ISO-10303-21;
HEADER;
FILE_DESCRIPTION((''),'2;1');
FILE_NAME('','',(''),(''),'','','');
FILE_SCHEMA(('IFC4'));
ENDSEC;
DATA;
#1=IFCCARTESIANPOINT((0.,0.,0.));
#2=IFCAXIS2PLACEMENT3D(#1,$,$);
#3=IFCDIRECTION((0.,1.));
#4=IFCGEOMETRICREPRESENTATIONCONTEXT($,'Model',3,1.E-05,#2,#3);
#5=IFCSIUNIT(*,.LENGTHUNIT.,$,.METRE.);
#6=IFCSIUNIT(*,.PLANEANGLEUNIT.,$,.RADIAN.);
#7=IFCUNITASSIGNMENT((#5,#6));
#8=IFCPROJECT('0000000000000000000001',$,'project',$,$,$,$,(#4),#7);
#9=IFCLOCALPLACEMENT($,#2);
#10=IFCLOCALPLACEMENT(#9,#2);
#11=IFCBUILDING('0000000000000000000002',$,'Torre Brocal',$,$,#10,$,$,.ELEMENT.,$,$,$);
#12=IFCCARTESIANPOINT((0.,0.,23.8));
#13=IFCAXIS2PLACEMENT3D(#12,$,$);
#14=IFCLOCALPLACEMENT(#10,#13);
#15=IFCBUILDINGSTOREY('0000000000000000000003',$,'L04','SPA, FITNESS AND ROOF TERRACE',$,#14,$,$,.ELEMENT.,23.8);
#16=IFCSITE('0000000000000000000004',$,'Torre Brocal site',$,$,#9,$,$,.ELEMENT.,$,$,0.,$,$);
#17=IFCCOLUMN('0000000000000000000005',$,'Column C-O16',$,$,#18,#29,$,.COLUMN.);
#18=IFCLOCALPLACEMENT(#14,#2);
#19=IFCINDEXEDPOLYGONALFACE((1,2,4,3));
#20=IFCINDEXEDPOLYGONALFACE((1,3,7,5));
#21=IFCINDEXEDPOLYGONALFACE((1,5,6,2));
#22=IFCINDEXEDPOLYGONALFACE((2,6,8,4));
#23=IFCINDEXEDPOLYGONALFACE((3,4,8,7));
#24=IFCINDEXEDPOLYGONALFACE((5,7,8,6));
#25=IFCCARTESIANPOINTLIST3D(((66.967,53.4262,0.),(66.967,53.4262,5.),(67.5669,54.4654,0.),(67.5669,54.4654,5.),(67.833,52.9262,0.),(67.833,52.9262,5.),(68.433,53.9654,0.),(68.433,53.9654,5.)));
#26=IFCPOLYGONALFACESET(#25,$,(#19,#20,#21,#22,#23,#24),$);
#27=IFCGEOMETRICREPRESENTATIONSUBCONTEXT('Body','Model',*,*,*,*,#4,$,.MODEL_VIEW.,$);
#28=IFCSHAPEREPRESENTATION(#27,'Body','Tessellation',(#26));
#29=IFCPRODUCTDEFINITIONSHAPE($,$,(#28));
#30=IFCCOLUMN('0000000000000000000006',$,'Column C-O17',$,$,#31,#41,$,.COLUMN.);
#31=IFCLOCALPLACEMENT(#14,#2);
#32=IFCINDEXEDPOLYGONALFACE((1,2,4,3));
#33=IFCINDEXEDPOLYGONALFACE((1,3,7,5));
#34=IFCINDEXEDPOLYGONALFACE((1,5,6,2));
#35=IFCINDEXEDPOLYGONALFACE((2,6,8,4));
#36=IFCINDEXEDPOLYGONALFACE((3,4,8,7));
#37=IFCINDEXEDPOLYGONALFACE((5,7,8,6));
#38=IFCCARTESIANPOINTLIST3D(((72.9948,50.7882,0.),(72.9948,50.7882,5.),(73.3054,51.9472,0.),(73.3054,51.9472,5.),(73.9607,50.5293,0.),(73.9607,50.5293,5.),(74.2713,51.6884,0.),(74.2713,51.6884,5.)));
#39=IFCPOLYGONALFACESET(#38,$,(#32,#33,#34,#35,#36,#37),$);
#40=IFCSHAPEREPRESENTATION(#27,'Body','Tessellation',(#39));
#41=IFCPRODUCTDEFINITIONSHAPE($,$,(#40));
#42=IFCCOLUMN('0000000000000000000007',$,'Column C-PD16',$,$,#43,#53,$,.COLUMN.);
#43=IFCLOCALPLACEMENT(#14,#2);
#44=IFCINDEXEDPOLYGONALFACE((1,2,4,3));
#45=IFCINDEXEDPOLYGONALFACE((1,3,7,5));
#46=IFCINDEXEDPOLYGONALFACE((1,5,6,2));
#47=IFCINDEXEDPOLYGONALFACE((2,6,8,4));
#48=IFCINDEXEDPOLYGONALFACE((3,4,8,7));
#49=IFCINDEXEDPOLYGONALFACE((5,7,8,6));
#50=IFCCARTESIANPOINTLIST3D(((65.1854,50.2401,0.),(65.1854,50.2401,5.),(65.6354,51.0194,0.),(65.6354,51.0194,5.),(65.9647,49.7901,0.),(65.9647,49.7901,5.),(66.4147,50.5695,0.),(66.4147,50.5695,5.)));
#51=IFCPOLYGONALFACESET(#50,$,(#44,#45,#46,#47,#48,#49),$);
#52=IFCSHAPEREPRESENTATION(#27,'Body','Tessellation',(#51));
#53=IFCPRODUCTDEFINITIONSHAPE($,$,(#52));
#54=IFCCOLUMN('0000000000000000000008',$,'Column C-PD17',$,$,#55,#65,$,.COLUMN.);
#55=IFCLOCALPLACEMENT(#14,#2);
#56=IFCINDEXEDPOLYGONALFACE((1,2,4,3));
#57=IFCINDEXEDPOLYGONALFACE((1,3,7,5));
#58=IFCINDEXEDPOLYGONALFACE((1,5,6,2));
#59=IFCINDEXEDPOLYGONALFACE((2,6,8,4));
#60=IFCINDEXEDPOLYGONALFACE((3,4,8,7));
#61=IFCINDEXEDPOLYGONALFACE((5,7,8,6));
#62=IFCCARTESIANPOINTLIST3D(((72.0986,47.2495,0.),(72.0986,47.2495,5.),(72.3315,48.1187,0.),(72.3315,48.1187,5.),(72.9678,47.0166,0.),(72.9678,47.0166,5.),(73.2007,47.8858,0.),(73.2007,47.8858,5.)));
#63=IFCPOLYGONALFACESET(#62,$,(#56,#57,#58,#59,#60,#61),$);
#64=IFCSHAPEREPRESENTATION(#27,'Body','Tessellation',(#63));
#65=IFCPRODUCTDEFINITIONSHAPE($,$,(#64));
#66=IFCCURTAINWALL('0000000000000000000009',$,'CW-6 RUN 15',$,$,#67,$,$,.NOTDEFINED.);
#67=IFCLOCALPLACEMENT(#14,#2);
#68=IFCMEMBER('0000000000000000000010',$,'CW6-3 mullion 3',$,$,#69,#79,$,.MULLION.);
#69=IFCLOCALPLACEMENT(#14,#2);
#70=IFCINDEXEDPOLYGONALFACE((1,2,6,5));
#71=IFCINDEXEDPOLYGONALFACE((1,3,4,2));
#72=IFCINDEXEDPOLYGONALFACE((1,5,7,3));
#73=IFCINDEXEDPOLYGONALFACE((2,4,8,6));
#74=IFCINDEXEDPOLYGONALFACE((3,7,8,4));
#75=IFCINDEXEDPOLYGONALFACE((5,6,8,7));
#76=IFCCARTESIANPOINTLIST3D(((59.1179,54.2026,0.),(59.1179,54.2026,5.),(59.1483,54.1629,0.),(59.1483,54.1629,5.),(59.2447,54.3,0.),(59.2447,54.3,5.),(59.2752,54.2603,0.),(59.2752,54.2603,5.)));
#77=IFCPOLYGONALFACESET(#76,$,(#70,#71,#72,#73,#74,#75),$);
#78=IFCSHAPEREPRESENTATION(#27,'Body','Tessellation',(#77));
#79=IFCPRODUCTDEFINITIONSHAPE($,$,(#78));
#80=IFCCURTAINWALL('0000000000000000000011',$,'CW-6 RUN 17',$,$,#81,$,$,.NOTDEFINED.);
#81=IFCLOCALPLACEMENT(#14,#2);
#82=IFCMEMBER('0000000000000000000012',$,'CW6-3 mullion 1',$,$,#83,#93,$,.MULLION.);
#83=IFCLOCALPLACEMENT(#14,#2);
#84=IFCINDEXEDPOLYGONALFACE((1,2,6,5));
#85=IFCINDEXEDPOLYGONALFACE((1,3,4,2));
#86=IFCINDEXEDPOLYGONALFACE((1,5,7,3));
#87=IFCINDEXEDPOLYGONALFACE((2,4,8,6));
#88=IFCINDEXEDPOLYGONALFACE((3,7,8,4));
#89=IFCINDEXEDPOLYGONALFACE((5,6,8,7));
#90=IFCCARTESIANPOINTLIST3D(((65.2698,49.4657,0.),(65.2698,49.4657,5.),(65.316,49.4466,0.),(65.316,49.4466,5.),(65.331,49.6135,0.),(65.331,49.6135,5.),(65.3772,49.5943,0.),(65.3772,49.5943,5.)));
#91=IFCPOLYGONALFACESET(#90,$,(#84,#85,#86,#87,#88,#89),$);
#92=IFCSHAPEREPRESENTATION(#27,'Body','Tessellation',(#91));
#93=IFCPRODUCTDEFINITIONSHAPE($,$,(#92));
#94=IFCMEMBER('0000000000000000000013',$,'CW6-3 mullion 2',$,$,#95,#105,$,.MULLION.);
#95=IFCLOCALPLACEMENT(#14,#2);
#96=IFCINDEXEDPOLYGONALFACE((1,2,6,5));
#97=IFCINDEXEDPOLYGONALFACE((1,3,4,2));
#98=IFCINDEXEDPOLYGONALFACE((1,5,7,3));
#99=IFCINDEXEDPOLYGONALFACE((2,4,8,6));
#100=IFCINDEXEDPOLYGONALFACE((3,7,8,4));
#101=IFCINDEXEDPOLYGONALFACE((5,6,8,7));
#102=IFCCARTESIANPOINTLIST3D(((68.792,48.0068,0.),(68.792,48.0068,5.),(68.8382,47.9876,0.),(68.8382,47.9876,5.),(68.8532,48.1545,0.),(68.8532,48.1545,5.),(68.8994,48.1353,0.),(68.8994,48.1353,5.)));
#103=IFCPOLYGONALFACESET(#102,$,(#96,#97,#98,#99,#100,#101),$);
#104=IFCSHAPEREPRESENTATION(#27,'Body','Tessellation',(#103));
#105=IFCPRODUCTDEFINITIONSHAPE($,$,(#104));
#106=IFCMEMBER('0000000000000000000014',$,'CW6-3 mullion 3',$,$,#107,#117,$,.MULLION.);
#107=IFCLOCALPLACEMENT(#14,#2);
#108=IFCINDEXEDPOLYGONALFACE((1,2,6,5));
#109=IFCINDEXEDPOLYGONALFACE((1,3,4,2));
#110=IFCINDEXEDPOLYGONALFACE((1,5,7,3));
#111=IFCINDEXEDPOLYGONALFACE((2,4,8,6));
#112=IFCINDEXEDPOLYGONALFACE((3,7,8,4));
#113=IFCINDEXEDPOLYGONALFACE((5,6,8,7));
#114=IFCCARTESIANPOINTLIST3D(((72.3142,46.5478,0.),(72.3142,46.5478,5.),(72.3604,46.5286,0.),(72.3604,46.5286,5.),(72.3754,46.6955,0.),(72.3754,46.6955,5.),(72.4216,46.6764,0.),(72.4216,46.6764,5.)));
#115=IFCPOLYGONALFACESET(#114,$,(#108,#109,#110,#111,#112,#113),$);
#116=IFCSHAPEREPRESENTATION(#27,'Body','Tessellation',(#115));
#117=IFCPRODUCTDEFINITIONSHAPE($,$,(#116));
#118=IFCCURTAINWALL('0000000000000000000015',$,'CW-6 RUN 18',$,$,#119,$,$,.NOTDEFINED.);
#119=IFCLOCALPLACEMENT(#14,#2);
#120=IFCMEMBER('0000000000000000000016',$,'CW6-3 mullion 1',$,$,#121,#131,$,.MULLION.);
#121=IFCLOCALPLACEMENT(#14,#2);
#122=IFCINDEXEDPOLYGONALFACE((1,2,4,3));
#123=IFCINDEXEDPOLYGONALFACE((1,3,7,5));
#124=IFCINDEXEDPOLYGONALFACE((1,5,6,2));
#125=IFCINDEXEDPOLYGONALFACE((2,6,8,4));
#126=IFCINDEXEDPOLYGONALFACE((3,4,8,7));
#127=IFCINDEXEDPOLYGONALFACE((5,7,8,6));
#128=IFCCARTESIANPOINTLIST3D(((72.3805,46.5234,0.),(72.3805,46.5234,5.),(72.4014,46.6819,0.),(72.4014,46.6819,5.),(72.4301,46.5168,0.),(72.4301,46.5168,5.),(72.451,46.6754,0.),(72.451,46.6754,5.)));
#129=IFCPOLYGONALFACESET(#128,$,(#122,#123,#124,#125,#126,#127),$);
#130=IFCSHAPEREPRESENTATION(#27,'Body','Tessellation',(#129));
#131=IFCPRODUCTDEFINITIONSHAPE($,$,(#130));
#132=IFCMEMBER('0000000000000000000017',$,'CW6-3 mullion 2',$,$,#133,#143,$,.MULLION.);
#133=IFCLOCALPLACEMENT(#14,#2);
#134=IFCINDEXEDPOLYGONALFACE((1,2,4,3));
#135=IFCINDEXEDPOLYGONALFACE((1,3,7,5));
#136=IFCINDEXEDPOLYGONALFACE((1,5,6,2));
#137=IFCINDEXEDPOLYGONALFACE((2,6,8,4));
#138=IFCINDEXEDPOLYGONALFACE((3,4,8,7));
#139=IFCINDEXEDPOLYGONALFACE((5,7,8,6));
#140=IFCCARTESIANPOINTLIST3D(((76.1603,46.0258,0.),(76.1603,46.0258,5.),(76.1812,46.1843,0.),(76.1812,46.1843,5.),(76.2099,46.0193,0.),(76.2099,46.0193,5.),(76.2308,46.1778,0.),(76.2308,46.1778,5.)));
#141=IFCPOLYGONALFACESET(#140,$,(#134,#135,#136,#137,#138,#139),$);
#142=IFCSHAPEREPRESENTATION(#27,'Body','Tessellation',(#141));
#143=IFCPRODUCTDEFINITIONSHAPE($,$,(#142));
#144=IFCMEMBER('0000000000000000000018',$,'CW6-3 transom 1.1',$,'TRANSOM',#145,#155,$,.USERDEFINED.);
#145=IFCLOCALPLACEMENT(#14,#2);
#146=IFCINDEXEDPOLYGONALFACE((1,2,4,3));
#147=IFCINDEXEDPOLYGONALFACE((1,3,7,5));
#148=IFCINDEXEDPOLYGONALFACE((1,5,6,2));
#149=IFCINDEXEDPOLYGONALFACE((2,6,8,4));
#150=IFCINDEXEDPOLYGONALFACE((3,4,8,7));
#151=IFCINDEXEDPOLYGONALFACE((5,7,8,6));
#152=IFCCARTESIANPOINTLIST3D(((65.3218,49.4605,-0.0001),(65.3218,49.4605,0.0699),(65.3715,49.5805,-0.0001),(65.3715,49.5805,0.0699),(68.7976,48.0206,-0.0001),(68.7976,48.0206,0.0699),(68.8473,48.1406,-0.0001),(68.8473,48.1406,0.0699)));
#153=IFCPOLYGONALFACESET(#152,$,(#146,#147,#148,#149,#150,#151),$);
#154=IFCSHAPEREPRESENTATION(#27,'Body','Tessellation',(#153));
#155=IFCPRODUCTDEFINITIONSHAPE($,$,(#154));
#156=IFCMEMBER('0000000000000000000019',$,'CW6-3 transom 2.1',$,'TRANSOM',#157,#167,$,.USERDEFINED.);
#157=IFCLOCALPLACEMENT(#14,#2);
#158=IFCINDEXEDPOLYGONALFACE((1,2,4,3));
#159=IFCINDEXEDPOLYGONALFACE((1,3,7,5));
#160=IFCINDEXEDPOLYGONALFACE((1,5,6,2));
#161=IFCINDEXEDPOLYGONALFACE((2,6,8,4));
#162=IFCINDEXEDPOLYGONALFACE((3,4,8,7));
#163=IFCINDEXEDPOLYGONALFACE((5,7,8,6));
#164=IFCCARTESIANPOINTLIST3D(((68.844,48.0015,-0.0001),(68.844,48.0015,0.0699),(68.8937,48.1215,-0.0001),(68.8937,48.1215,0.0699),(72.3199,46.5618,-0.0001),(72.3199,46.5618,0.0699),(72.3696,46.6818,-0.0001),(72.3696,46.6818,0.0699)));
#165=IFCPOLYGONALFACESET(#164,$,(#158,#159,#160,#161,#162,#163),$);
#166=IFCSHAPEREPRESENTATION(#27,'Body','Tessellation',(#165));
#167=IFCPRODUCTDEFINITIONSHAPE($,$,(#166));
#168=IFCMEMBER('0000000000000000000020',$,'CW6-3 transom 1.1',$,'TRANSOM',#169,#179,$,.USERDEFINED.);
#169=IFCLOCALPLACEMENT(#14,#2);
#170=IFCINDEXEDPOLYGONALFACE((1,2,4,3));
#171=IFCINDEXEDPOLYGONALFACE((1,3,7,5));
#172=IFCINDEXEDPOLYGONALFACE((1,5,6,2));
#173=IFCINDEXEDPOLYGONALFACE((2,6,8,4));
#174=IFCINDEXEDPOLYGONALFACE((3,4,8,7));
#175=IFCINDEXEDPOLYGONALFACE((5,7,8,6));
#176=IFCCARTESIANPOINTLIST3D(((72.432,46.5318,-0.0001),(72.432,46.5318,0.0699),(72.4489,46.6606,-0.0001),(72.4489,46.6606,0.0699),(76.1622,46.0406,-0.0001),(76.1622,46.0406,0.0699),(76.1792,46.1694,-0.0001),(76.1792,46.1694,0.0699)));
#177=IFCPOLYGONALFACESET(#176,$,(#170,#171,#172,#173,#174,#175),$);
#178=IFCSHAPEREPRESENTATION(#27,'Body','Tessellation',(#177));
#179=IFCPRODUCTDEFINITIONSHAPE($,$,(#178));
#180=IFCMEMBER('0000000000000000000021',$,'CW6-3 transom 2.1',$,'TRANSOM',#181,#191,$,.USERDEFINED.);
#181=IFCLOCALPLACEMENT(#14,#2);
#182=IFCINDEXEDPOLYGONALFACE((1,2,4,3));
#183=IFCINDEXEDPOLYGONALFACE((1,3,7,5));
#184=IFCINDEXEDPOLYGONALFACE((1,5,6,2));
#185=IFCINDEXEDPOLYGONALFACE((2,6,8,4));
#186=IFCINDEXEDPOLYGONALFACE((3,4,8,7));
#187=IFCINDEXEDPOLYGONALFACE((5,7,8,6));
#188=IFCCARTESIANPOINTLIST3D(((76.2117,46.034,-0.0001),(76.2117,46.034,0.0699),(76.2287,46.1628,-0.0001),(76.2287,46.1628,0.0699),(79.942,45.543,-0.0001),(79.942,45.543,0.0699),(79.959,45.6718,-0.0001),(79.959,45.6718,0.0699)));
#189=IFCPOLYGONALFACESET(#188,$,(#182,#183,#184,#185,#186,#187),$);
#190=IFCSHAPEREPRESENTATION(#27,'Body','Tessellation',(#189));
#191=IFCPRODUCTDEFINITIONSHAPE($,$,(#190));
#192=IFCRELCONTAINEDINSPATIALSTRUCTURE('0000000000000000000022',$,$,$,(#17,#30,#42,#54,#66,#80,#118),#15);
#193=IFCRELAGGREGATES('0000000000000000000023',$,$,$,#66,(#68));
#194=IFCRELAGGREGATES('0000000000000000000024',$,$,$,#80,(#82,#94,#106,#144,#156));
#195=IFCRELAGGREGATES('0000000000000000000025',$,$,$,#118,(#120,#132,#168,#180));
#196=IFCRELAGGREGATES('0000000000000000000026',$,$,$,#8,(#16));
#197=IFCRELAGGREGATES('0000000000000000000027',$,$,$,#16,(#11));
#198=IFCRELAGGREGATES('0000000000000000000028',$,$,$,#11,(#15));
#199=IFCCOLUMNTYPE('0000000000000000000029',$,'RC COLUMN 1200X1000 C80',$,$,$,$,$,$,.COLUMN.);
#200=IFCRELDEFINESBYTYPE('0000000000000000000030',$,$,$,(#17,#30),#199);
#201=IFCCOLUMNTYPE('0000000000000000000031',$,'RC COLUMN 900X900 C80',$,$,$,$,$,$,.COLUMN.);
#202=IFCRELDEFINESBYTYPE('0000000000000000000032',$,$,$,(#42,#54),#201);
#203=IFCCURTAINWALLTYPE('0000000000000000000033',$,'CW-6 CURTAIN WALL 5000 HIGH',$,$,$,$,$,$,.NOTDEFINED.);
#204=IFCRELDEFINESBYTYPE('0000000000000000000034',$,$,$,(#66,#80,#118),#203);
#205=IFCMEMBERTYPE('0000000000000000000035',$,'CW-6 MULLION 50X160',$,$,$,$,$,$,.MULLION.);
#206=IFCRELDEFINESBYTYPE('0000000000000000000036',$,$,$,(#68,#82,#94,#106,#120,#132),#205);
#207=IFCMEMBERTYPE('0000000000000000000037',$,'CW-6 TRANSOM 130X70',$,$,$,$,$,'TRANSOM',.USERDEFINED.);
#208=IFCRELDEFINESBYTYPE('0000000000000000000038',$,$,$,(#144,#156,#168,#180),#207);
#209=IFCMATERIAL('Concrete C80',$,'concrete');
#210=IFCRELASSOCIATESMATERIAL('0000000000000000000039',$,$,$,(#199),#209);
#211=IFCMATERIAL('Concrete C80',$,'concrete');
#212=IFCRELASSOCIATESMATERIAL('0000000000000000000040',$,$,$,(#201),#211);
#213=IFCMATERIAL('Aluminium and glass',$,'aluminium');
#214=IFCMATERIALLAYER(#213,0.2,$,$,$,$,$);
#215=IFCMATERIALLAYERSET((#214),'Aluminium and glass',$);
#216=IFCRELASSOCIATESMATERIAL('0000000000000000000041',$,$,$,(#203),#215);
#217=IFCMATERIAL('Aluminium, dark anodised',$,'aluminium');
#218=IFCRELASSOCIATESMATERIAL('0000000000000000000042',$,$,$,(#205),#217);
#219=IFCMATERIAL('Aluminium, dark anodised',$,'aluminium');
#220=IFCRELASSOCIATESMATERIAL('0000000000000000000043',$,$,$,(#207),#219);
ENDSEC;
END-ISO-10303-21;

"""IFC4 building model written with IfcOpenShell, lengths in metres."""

from ifc_helpers import new_model, si_unit, direction, frame, origin, origin_2d, place, context, subcontext, project, spatial, rectangle, extrude, material, layer, layer_set, material_profile, profile_set, type_object, element, aggregate, save


model = new_model("IFC4")

# Units and contexts
model_context = context("Model", 3, precision=1e-05, world=origin(), true_north=direction((0.0, 1.0)))
body_context = subcontext(model_context, "Body", "Model", "MODEL_VIEW")
ifc_project = project(units=[si_unit("LENGTHUNIT", "METRE"), si_unit("PLANEANGLEUNIT", "RADIAN")], contexts=[model_context])

# Site, building, storey
site_placement = place(None, origin())
site = spatial("IfcSite", under=ifc_project, at=site_placement, Name="Torre Brocal site", CompositionType="ELEMENT", RefElevation=0.0)
building_placement = place(site_placement, origin())
building = spatial("IfcBuilding", under=site, at=building_placement, Name="Torre Brocal", CompositionType="ELEMENT")
storey_placement = place(building_placement, frame((0.0, 0.0, 23.8)))
storey = spatial("IfcBuildingStorey", under=building, at=storey_placement, Name="L04", Description="SPA, FITNESS AND ROOF TERRACE", CompositionType="ELEMENT", Elevation=23.8)

# Columns
ifc_material_1 = material(Name="Concrete C80", Category="concrete")
ifc_material_profile_1 = material_profile(ifc_material_1, rectangle(XDim=1.2, YDim=1.0, at=origin_2d()), Name="RC 1200X1000")
ifc_profile_set_1 = profile_set([ifc_material_profile_1], Name="Concrete C80")
column_type_1 = type_object("IfcColumnType", Name="RC COLUMN 1200X1000 C80", PredefinedType="COLUMN", material=ifc_profile_set_1)
for number, where, z_axis, x_axis, name in (
    (1, (67.7, 53.6958, 0.0), (0.0, 0.0, 1.0), (-0.5, -0.866025, 0.0), "Column C-O16"),
    (2, (73.6331, 51.2383, 0.0), (0.0, 0.0, 1.0), (-0.258819, -0.965926, 0.0), "Column C-O17"),
):
    element("IfcColumn", number, at=place(storey_placement, frame(where, z_axis=z_axis, x_axis=x_axis)), inside=storey, type_object=column_type_1, Name=name, PredefinedType="COLUMN", context=body_context, shape_type="SweptSolid", body=[
        extrude(rectangle(XDim=1.2, YDim=1.0, at=origin_2d()), origin(), (0.0, 0.0, 1.0), 5.0),
    ])
ifc_material_2 = material(Name="Concrete C80", Category="concrete")
ifc_material_profile_2 = material_profile(ifc_material_2, rectangle(XDim=0.8999, YDim=0.8999, at=origin_2d()), Name="RC 900X900")
ifc_profile_set_2 = profile_set([ifc_material_profile_2], Name="Concrete C80")
column_type_2 = type_object("IfcColumnType", Name="RC COLUMN 900X900 C80", PredefinedType="COLUMN", material=ifc_profile_set_2)
for number, where, z_axis, x_axis, name in (
    (3, (65.8, 50.4048, 0.0), (0.0, 0.0, 1.0), (-0.5, -0.866025, 0.0), "Column C-PD16"),
    (4, (72.6497, 47.5676, 0.0), (0.0, 0.0, 1.0), (-0.258819, -0.965926, 0.0), "Column C-PD17"),
):
    element("IfcColumn", number, at=place(storey_placement, frame(where, z_axis=z_axis, x_axis=x_axis)), inside=storey, type_object=column_type_2, Name=name, PredefinedType="COLUMN", context=body_context, shape_type="SweptSolid", body=[
        extrude(rectangle(XDim=0.8999, YDim=0.8999, at=origin_2d()), origin(), (0.0, 0.0, 1.0), 5.0),
    ])

# Curtain wall, member
ifc_material_3 = material(Name="Aluminium and glass", Category="aluminium")
ifc_layer_1 = layer(ifc_material_3, 0.2)
ifc_layer_set_1 = layer_set([ifc_layer_1], Name="Aluminium and glass")
curtain_wall_type = type_object("IfcCurtainWallType", Name="CW-6 CURTAIN WALL 5000 HIGH", PredefinedType="NOTDEFINED", material=ifc_layer_set_1)
curtain_wall_1_placement = place(storey_placement, origin())
curtain_wall_1 = element("IfcCurtainWall", 5, at=curtain_wall_1_placement, inside=storey, type_object=curtain_wall_type, Name="CW-6 RUN 15", PredefinedType="NOTDEFINED")
ifc_material_4 = material(Name="Aluminium, dark anodised", Category="aluminium")
ifc_material_profile_3 = material_profile(ifc_material_4, rectangle(XDim=0.1599, YDim=0.05, at=origin_2d()), Name="CW-6 MULLION 50X160")
ifc_profile_set_3 = profile_set([ifc_material_profile_3], Name="Aluminium, dark anodised")
member_type_1 = type_object("IfcMemberType", Name="CW-6 MULLION 50X160", PredefinedType="MULLION", material=ifc_profile_set_3)
member_1_placement = place(storey_placement, frame((59.1965, 54.2314, 0.0), z_axis=(0.0, 0.0, 1.0), x_axis=(0.793353, 0.608761, 0.0)))
member_1 = element("IfcMember", 6, at=member_1_placement, type_object=member_type_1, Name="CW6-3 mullion 3", PredefinedType="MULLION", context=body_context, shape_type="SweptSolid", body=[
    extrude(rectangle(XDim=0.1599, YDim=0.05, at=origin_2d()), origin(), (0.0, 0.0, 1.0), 5.0),
])
aggregate(curtain_wall_1, [member_1])

# Curtain walls, members
curtain_wall_2_placement = place(storey_placement, origin())
curtain_wall_2 = element("IfcCurtainWall", 7, at=curtain_wall_2_placement, inside=storey, type_object=curtain_wall_type, Name="CW-6 RUN 17", PredefinedType="NOTDEFINED")
member_2_placement = place(storey_placement, frame((65.3235, 49.53, 0.0), z_axis=(0.0, 0.0, 1.0), x_axis=(0.382683, 0.92388, 0.0)))
member_2 = element("IfcMember", 8, at=member_2_placement, type_object=member_type_1, Name="CW6-3 mullion 1", PredefinedType="MULLION", context=body_context, shape_type="SweptSolid", body=[
    extrude(rectangle(XDim=0.1599, YDim=0.05, at=origin_2d()), origin(), (0.0, 0.0, 1.0), 5.0),
])
member_3_placement = place(storey_placement, frame((68.8457, 48.071, 0.0), z_axis=(0.0, 0.0, 1.0), x_axis=(0.382683, 0.92388, 0.0)))
member_3 = element("IfcMember", 9, at=member_3_placement, type_object=member_type_1, Name="CW6-3 mullion 2", PredefinedType="MULLION", context=body_context, shape_type="SweptSolid", body=[
    extrude(rectangle(XDim=0.1599, YDim=0.05, at=origin_2d()), origin(), (0.0, 0.0, 1.0), 5.0),
])
member_4_placement = place(storey_placement, frame((72.3679, 46.6121, 0.0), z_axis=(0.0, 0.0, 1.0), x_axis=(0.382683, 0.92388, 0.0)))
member_4 = element("IfcMember", 10, at=member_4_placement, type_object=member_type_1, Name="CW6-3 mullion 3", PredefinedType="MULLION", context=body_context, shape_type="SweptSolid", body=[
    extrude(rectangle(XDim=0.1599, YDim=0.05, at=origin_2d()), origin(), (0.0, 0.0, 1.0), 5.0),
])
curtain_wall_3_placement = place(storey_placement, origin())
curtain_wall_3 = element("IfcCurtainWall", 11, at=curtain_wall_3_placement, inside=storey, type_object=curtain_wall_type, Name="CW-6 RUN 18", PredefinedType="NOTDEFINED")
member_5_placement = place(storey_placement, frame((72.4158, 46.5994, 0.0), z_axis=(0.0, 0.0, 1.0), x_axis=(0.130526, 0.991445, 0.0)))
member_5 = element("IfcMember", 12, at=member_5_placement, type_object=member_type_1, Name="CW6-3 mullion 1", PredefinedType="MULLION", context=body_context, shape_type="SweptSolid", body=[
    extrude(rectangle(XDim=0.1599, YDim=0.05, at=origin_2d()), origin(), (0.0, 0.0, 1.0), 5.0),
])
member_6_placement = place(storey_placement, frame((76.1956, 46.1018, 0.0), z_axis=(0.0, 0.0, 1.0), x_axis=(0.130526, 0.991445, 0.0)))
member_6 = element("IfcMember", 13, at=member_6_placement, type_object=member_type_1, Name="CW6-3 mullion 2", PredefinedType="MULLION", context=body_context, shape_type="SweptSolid", body=[
    extrude(rectangle(XDim=0.1599, YDim=0.05, at=origin_2d()), origin(), (0.0, 0.0, 1.0), 5.0),
])

# Members
ifc_material_5 = material(Name="Aluminium, dark anodised", Category="aluminium")
ifc_material_profile_4 = material_profile(ifc_material_5, rectangle(XDim=0.1299, YDim=0.0701, at=origin_2d()), Name="CW-6 TRANSOM 130X70")
ifc_profile_set_4 = profile_set([ifc_material_profile_4], Name="Aluminium, dark anodised")
member_type_2 = type_object("IfcMemberType", Name="CW-6 TRANSOM 130X70", ElementType="TRANSOM", PredefinedType="USERDEFINED", material=ifc_profile_set_4)
member_7_placement = place(storey_placement, frame((65.3467, 49.5205, 0.0349), z_axis=(0.92386, -0.38273, 0.0), x_axis=(0.38273, 0.92386, 0.0)))
member_7 = element("IfcMember", 14, at=member_7_placement, type_object=member_type_2, Name="CW6-3 transom 1.1", ObjectType="TRANSOM", PredefinedType="USERDEFINED", context=body_context, shape_type="SweptSolid", body=[
    extrude(rectangle(XDim=0.1299, YDim=0.0701, at=origin_2d()), origin(), (0.0, 0.0, 1.0), 3.7622),
])
member_8_placement = place(storey_placement, frame((68.8689, 48.0615, 0.0349), z_axis=(0.923883, -0.382675, 0.0), x_axis=(0.382675, 0.923883, 0.0)))
member_8 = element("IfcMember", 15, at=member_8_placement, type_object=member_type_2, Name="CW6-3 transom 2.1", ObjectType="TRANSOM", PredefinedType="USERDEFINED", context=body_context, shape_type="SweptSolid", body=[
    extrude(rectangle(XDim=0.1299, YDim=0.0701, at=origin_2d()), origin(), (0.0, 0.0, 1.0), 3.7622),
])
member_9_placement = place(storey_placement, frame((72.4404, 46.5962, 0.0349), z_axis=(0.991441, -0.130557, 0.0), x_axis=(0.130557, 0.991441, 0.0)))
member_9 = element("IfcMember", 16, at=member_9_placement, type_object=member_type_2, Name="CW6-3 transom 1.1", ObjectType="TRANSOM", PredefinedType="USERDEFINED", context=body_context, shape_type="SweptSolid", body=[
    extrude(rectangle(XDim=0.1299, YDim=0.0701, at=origin_2d()), origin(), (0.0, 0.0, 1.0), 3.7625),
])
member_10_placement = place(storey_placement, frame((76.2202, 46.0984, 0.0349), z_axis=(0.991449, -0.130493, 0.0), x_axis=(0.130493, 0.991449, 0.0)))
member_10 = element("IfcMember", 17, at=member_10_placement, type_object=member_type_2, Name="CW6-3 transom 2.1", ObjectType="TRANSOM", PredefinedType="USERDEFINED", context=body_context, shape_type="SweptSolid", body=[
    extrude(rectangle(XDim=0.1299, YDim=0.0701, at=origin_2d()), origin(), (0.0, 0.0, 1.0), 3.7625),
])

aggregate(curtain_wall_2, [member_2, member_3, member_4, member_7, member_8])
aggregate(curtain_wall_3, [member_5, member_6, member_9, member_10])

save(model, "model.ifc")
